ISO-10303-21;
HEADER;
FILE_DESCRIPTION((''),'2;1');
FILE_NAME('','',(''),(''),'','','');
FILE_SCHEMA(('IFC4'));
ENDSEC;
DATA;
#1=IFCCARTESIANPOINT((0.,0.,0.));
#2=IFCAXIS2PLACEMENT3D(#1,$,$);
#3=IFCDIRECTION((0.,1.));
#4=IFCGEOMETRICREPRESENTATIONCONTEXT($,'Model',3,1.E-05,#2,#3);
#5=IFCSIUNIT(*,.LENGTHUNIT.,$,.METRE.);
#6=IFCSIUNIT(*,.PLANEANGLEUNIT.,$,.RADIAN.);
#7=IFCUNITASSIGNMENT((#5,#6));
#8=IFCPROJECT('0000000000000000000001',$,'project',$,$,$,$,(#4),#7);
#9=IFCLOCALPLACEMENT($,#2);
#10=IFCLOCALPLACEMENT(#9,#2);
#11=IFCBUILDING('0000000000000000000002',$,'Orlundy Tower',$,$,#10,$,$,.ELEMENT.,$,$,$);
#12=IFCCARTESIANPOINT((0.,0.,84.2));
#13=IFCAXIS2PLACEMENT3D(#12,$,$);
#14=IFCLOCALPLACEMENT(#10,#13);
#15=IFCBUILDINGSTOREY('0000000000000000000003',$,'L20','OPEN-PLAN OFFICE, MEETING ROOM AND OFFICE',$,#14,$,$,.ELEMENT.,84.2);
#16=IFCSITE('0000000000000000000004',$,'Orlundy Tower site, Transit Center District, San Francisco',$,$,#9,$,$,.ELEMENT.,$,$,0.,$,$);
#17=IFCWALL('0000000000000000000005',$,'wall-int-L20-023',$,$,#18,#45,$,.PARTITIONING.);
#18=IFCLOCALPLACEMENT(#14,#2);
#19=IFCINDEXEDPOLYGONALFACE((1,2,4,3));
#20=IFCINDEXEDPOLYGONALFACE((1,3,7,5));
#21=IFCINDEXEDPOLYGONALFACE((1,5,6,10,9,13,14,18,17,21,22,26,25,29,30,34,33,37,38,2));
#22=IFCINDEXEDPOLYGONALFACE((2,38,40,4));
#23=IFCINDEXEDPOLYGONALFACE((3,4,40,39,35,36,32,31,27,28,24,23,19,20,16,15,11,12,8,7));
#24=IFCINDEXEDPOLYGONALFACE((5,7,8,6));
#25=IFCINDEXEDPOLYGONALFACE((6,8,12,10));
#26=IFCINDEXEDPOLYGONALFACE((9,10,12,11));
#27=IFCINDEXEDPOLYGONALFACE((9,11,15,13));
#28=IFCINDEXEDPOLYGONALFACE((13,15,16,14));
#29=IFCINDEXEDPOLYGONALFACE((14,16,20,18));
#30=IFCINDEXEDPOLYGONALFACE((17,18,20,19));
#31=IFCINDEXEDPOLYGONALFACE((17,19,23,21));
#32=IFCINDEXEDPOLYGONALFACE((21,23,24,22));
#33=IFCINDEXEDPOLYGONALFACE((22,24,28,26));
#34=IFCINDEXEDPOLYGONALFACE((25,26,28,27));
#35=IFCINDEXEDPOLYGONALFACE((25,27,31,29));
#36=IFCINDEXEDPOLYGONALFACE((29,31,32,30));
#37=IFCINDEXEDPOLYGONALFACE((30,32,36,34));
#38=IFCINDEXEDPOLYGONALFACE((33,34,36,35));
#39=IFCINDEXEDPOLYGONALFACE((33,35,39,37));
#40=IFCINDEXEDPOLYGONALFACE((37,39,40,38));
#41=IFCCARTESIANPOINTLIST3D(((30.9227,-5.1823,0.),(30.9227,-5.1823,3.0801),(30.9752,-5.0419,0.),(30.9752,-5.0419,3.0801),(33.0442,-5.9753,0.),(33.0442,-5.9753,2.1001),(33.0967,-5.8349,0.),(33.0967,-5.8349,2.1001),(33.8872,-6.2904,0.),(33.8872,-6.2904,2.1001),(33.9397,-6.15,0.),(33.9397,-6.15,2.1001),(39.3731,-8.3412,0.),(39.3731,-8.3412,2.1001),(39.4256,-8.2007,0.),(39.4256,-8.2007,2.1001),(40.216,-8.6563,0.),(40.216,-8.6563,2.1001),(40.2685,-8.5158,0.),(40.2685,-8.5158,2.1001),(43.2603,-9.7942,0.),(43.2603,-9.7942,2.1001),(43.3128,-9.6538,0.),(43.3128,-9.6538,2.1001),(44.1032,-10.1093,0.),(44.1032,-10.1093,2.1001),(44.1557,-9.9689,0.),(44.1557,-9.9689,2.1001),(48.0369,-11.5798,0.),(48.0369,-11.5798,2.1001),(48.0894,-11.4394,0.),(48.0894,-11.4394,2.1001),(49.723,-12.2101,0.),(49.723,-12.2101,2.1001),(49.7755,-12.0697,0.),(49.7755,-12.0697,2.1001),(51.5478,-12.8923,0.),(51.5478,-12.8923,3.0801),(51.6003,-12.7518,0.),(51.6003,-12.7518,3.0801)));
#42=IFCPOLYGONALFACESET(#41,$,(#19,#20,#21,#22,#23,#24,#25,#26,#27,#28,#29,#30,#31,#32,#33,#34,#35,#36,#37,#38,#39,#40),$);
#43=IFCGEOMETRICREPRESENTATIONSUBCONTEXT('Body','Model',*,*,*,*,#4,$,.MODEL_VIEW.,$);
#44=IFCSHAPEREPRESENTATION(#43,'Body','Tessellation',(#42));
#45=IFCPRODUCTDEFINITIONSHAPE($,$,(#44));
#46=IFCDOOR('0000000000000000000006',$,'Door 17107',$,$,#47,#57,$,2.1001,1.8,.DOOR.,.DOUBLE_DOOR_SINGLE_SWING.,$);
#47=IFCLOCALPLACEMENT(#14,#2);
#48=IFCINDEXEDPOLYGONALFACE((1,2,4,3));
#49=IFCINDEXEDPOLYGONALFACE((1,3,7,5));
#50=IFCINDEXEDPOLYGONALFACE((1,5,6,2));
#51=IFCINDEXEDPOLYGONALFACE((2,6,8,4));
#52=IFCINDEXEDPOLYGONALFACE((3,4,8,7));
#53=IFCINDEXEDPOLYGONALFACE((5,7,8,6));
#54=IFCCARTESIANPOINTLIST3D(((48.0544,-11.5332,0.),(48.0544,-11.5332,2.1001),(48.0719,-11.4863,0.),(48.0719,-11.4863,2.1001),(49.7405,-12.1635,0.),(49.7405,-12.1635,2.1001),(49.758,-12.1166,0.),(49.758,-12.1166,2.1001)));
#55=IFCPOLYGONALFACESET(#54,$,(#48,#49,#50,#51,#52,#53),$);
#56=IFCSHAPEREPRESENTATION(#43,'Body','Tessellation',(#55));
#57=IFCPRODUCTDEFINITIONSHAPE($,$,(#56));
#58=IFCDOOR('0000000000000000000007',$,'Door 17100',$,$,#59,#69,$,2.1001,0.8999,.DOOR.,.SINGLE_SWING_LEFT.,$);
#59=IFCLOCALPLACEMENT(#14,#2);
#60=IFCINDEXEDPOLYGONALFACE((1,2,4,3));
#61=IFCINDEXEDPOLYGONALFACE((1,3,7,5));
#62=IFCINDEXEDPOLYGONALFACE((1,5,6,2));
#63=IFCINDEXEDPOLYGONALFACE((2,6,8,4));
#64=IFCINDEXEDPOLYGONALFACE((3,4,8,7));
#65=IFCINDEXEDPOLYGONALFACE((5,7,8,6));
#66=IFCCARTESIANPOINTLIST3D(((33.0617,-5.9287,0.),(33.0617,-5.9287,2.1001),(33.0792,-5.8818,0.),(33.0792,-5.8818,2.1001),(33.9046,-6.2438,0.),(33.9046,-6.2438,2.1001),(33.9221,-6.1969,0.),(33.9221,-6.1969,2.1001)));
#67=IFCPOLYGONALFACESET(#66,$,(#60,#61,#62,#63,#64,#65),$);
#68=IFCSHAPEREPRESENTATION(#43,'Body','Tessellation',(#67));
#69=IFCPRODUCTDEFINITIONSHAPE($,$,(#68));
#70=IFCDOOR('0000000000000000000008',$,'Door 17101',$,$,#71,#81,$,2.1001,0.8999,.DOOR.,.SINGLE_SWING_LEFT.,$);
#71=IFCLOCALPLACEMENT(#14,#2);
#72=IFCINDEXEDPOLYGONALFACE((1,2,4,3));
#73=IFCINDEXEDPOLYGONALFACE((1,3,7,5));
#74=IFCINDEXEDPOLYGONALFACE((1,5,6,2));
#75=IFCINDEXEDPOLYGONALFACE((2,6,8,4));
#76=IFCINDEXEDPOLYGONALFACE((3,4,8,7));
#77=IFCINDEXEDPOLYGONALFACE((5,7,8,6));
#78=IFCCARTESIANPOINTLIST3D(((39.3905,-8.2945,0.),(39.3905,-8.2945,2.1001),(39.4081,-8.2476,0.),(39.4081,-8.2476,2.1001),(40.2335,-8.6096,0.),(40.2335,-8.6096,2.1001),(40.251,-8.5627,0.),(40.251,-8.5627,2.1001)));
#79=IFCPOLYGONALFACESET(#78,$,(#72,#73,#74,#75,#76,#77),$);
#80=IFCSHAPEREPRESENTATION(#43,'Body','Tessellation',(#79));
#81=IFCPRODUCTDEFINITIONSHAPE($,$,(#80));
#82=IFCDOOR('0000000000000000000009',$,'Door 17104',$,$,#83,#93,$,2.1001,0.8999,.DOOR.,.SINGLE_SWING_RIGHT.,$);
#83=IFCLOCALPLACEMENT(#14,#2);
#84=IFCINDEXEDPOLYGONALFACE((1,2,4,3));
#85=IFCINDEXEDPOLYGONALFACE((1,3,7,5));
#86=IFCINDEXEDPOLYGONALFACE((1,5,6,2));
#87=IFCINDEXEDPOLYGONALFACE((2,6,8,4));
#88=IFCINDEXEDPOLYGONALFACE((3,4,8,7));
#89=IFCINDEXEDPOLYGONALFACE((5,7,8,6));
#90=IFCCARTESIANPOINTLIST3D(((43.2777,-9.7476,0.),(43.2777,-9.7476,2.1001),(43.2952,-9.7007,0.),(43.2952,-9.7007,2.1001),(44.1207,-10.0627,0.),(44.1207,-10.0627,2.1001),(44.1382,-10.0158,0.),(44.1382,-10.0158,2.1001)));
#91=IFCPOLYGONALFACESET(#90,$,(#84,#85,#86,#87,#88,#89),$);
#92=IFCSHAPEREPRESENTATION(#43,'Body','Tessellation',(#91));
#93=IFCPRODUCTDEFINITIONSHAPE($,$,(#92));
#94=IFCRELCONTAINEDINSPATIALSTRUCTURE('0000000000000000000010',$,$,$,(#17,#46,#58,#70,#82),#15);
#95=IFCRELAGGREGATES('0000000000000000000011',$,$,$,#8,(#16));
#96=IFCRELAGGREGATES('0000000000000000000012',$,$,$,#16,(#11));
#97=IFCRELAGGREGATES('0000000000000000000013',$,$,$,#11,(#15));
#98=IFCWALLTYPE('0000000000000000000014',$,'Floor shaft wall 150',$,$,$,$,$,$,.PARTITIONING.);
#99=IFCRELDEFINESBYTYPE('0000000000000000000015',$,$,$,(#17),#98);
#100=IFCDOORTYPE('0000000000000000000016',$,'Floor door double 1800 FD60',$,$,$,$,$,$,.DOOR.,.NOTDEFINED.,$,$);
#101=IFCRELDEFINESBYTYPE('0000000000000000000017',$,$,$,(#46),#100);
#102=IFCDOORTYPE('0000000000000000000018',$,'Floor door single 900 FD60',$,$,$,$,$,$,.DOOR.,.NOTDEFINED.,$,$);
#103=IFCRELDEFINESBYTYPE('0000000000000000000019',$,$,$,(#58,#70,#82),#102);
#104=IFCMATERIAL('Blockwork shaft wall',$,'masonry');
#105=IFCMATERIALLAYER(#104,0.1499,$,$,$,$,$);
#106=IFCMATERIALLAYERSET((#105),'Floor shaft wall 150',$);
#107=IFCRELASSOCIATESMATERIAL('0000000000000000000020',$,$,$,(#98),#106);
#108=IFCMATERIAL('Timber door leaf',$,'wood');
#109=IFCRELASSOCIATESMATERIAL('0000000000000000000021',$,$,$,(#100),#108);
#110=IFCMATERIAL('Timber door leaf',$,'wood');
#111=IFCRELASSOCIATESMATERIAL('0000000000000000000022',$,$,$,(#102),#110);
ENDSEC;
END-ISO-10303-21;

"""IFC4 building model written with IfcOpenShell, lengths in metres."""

from ifc_helpers import new_model, si_unit, direction, frame, frame_2d, origin, place, context, subcontext, project, spatial, rectangle, extrude, material, layer, layer_set, type_object, element, fill, save


model = new_model("IFC4")

# Units and contexts
model_context = context("Model", 3, precision=1e-05, world=origin(), true_north=direction((0.0, 1.0)))
body_context = subcontext(model_context, "Body", "Model", "MODEL_VIEW")
ifc_project = project(units=[si_unit("LENGTHUNIT", "METRE"), si_unit("PLANEANGLEUNIT", "RADIAN")], contexts=[model_context])

# Site, building, storey
site_placement = place(None, origin())
site = spatial("IfcSite", under=ifc_project, at=site_placement, Name="Orlundy Tower site, Transit Center District, San Francisco", CompositionType="ELEMENT", RefElevation=0.0)
building_placement = place(site_placement, origin())
building = spatial("IfcBuilding", under=site, at=building_placement, Name="Orlundy Tower", CompositionType="ELEMENT")
storey_placement = place(building_placement, frame((0.0, 0.0, 84.2)))
storey = spatial("IfcBuildingStorey", under=building, at=storey_placement, Name="L20", Description="OPEN-PLAN OFFICE, MEETING ROOM AND OFFICE", CompositionType="ELEMENT", Elevation=84.2)

# Wall, openings, doors
ifc_material_1 = material(Name="Blockwork shaft wall", Category="masonry")
ifc_layer_1 = layer(ifc_material_1, 0.1499)
ifc_layer_set_1 = layer_set([ifc_layer_1], Name="Floor shaft wall 150")
wall_type_1 = type_object("IfcWallType", Name="Floor shaft wall 150", PredefinedType="PARTITIONING", material=ifc_layer_set_1)
wall_1_placement = place(storey_placement, frame((30.949, -5.1121, 0.0), z_axis=(0.0, 0.0, 1.0), x_axis=(0.936693, -0.350151, 0.0)))
wall_1 = element("IfcWall", 1, at=wall_1_placement, inside=storey, type_object=wall_type_1, Name="wall-int-L20-023", PredefinedType="PARTITIONING", context=body_context, shape_type="SweptSolid", body=[
    extrude(rectangle(XDim=22.019, YDim=0.1499, at=frame_2d((11.0095, 0.0))), origin(), (0.0, 0.0, 1.0), 3.0801),
])
opening_1_placement = place(wall_1_placement, frame((2.2649, 0.0, 0.0)))
opening_1 = element("IfcOpeningElement", 2, at=opening_1_placement, cuts=wall_1, PredefinedType="OPENING", context=body_context, shape_type="SweptSolid", body=[
    extrude(rectangle(XDim=0.8999, YDim=2.1001, at=frame_2d((0.45, 1.05))), frame((0.0, 0.085, 0.0), z_axis=(0.0, -1.0, 0.0), x_axis=(1.0, 0.0, 0.0)), (0.0, 0.0, 1.0), 0.1699),
])
opening_2_placement = place(wall_1_placement, frame((9.0215, 0.0, 0.0)))
opening_2 = element("IfcOpeningElement", 3, at=opening_2_placement, cuts=wall_1, PredefinedType="OPENING", context=body_context, shape_type="SweptSolid", body=[
    extrude(rectangle(XDim=0.8999, YDim=2.1001, at=frame_2d((0.45, 1.05))), frame((0.0, 0.085, 0.0), z_axis=(0.0, -1.0, 0.0), x_axis=(1.0, 0.0, 0.0)), (0.0, 0.0, 1.0), 0.1699),
])
opening_3_placement = place(wall_1_placement, frame((13.1714, 0.0, 0.0)))
opening_3 = element("IfcOpeningElement", 4, at=opening_3_placement, cuts=wall_1, PredefinedType="OPENING", context=body_context, shape_type="SweptSolid", body=[
    extrude(rectangle(XDim=0.8999, YDim=2.1001, at=frame_2d((0.45, 1.05))), frame((0.0, 0.085, 0.0), z_axis=(0.0, -1.0, 0.0), x_axis=(1.0, 0.0, 0.0)), (0.0, 0.0, 1.0), 0.1699),
])
opening_4_placement = place(wall_1_placement, frame((18.271, 0.0, 0.0)))
opening_4 = element("IfcOpeningElement", 5, at=opening_4_placement, cuts=wall_1, PredefinedType="OPENING", context=body_context, shape_type="SweptSolid", body=[
    extrude(rectangle(XDim=1.8, YDim=2.1001, at=frame_2d((0.8999, 1.05))), frame((0.0, 0.085, 0.0), z_axis=(0.0, -1.0, 0.0), x_axis=(1.0, 0.0, 0.0)), (0.0, 0.0, 1.0), 0.1699),
])
ifc_material_2 = material(Name="Timber door leaf", Category="wood")
door_type_1 = type_object("IfcDoorType", Name="Floor door double 1800 FD60", OperationType="NOTDEFINED", PredefinedType="DOOR", material=ifc_material_2)
door_1_placement = place(opening_4_placement, origin())
door_1 = element("IfcDoor", 6, at=door_1_placement, inside=storey, type_object=door_type_1, Name="Door 17107", OperationType="DOUBLE_DOOR_SINGLE_SWING", OverallHeight=2.1001, OverallWidth=1.8, PredefinedType="DOOR", context=body_context, shape_type="SweptSolid", body=[
    extrude(rectangle(XDim=1.8, YDim=2.1001, at=frame_2d((0.8999, 1.05))), frame((0.0, 0.0249, 0.0), z_axis=(0.0, -1.0, 0.0), x_axis=(1.0, 0.0, 0.0)), (0.0, 0.0, 1.0), 0.05),
])
fill(opening_4, door_1)
ifc_material_3 = material(Name="Timber door leaf", Category="wood")
door_type_2 = type_object("IfcDoorType", Name="Floor door single 900 FD60", OperationType="NOTDEFINED", PredefinedType="DOOR", material=ifc_material_3)
door_2_placement = place(opening_1_placement, origin())
door_2 = element("IfcDoor", 7, at=door_2_placement, inside=storey, type_object=door_type_2, Name="Door 17100", OperationType="SINGLE_SWING_LEFT", OverallHeight=2.1001, OverallWidth=0.8999, PredefinedType="DOOR", context=body_context, shape_type="SweptSolid", body=[
    extrude(rectangle(XDim=0.8999, YDim=2.1001, at=frame_2d((0.45, 1.05))), frame((0.0, 0.0249, 0.0), z_axis=(0.0, -1.0, 0.0), x_axis=(1.0, 0.0, 0.0)), (0.0, 0.0, 1.0), 0.05),
])
fill(opening_1, door_2)
door_3_placement = place(opening_2_placement, origin())
door_3 = element("IfcDoor", 8, at=door_3_placement, inside=storey, type_object=door_type_2, Name="Door 17101", OperationType="SINGLE_SWING_LEFT", OverallHeight=2.1001, OverallWidth=0.8999, PredefinedType="DOOR", context=body_context, shape_type="SweptSolid", body=[
    extrude(rectangle(XDim=0.8999, YDim=2.1001, at=frame_2d((0.45, 1.05))), frame((0.0, 0.0249, 0.0), z_axis=(0.0, -1.0, 0.0), x_axis=(1.0, 0.0, 0.0)), (0.0, 0.0, 1.0), 0.05),
])
fill(opening_2, door_3)
door_4_placement = place(opening_3_placement, origin())
door_4 = element("IfcDoor", 9, at=door_4_placement, inside=storey, type_object=door_type_2, Name="Door 17104", OperationType="SINGLE_SWING_RIGHT", OverallHeight=2.1001, OverallWidth=0.8999, PredefinedType="DOOR", context=body_context, shape_type="SweptSolid", body=[
    extrude(rectangle(XDim=0.8999, YDim=2.1001, at=frame_2d((0.45, 1.05))), frame((0.0, 0.0249, 0.0), z_axis=(0.0, -1.0, 0.0), x_axis=(1.0, 0.0, 0.0)), (0.0, 0.0, 1.0), 0.05),
])
fill(opening_3, door_4)

save(model, "model.ifc")
